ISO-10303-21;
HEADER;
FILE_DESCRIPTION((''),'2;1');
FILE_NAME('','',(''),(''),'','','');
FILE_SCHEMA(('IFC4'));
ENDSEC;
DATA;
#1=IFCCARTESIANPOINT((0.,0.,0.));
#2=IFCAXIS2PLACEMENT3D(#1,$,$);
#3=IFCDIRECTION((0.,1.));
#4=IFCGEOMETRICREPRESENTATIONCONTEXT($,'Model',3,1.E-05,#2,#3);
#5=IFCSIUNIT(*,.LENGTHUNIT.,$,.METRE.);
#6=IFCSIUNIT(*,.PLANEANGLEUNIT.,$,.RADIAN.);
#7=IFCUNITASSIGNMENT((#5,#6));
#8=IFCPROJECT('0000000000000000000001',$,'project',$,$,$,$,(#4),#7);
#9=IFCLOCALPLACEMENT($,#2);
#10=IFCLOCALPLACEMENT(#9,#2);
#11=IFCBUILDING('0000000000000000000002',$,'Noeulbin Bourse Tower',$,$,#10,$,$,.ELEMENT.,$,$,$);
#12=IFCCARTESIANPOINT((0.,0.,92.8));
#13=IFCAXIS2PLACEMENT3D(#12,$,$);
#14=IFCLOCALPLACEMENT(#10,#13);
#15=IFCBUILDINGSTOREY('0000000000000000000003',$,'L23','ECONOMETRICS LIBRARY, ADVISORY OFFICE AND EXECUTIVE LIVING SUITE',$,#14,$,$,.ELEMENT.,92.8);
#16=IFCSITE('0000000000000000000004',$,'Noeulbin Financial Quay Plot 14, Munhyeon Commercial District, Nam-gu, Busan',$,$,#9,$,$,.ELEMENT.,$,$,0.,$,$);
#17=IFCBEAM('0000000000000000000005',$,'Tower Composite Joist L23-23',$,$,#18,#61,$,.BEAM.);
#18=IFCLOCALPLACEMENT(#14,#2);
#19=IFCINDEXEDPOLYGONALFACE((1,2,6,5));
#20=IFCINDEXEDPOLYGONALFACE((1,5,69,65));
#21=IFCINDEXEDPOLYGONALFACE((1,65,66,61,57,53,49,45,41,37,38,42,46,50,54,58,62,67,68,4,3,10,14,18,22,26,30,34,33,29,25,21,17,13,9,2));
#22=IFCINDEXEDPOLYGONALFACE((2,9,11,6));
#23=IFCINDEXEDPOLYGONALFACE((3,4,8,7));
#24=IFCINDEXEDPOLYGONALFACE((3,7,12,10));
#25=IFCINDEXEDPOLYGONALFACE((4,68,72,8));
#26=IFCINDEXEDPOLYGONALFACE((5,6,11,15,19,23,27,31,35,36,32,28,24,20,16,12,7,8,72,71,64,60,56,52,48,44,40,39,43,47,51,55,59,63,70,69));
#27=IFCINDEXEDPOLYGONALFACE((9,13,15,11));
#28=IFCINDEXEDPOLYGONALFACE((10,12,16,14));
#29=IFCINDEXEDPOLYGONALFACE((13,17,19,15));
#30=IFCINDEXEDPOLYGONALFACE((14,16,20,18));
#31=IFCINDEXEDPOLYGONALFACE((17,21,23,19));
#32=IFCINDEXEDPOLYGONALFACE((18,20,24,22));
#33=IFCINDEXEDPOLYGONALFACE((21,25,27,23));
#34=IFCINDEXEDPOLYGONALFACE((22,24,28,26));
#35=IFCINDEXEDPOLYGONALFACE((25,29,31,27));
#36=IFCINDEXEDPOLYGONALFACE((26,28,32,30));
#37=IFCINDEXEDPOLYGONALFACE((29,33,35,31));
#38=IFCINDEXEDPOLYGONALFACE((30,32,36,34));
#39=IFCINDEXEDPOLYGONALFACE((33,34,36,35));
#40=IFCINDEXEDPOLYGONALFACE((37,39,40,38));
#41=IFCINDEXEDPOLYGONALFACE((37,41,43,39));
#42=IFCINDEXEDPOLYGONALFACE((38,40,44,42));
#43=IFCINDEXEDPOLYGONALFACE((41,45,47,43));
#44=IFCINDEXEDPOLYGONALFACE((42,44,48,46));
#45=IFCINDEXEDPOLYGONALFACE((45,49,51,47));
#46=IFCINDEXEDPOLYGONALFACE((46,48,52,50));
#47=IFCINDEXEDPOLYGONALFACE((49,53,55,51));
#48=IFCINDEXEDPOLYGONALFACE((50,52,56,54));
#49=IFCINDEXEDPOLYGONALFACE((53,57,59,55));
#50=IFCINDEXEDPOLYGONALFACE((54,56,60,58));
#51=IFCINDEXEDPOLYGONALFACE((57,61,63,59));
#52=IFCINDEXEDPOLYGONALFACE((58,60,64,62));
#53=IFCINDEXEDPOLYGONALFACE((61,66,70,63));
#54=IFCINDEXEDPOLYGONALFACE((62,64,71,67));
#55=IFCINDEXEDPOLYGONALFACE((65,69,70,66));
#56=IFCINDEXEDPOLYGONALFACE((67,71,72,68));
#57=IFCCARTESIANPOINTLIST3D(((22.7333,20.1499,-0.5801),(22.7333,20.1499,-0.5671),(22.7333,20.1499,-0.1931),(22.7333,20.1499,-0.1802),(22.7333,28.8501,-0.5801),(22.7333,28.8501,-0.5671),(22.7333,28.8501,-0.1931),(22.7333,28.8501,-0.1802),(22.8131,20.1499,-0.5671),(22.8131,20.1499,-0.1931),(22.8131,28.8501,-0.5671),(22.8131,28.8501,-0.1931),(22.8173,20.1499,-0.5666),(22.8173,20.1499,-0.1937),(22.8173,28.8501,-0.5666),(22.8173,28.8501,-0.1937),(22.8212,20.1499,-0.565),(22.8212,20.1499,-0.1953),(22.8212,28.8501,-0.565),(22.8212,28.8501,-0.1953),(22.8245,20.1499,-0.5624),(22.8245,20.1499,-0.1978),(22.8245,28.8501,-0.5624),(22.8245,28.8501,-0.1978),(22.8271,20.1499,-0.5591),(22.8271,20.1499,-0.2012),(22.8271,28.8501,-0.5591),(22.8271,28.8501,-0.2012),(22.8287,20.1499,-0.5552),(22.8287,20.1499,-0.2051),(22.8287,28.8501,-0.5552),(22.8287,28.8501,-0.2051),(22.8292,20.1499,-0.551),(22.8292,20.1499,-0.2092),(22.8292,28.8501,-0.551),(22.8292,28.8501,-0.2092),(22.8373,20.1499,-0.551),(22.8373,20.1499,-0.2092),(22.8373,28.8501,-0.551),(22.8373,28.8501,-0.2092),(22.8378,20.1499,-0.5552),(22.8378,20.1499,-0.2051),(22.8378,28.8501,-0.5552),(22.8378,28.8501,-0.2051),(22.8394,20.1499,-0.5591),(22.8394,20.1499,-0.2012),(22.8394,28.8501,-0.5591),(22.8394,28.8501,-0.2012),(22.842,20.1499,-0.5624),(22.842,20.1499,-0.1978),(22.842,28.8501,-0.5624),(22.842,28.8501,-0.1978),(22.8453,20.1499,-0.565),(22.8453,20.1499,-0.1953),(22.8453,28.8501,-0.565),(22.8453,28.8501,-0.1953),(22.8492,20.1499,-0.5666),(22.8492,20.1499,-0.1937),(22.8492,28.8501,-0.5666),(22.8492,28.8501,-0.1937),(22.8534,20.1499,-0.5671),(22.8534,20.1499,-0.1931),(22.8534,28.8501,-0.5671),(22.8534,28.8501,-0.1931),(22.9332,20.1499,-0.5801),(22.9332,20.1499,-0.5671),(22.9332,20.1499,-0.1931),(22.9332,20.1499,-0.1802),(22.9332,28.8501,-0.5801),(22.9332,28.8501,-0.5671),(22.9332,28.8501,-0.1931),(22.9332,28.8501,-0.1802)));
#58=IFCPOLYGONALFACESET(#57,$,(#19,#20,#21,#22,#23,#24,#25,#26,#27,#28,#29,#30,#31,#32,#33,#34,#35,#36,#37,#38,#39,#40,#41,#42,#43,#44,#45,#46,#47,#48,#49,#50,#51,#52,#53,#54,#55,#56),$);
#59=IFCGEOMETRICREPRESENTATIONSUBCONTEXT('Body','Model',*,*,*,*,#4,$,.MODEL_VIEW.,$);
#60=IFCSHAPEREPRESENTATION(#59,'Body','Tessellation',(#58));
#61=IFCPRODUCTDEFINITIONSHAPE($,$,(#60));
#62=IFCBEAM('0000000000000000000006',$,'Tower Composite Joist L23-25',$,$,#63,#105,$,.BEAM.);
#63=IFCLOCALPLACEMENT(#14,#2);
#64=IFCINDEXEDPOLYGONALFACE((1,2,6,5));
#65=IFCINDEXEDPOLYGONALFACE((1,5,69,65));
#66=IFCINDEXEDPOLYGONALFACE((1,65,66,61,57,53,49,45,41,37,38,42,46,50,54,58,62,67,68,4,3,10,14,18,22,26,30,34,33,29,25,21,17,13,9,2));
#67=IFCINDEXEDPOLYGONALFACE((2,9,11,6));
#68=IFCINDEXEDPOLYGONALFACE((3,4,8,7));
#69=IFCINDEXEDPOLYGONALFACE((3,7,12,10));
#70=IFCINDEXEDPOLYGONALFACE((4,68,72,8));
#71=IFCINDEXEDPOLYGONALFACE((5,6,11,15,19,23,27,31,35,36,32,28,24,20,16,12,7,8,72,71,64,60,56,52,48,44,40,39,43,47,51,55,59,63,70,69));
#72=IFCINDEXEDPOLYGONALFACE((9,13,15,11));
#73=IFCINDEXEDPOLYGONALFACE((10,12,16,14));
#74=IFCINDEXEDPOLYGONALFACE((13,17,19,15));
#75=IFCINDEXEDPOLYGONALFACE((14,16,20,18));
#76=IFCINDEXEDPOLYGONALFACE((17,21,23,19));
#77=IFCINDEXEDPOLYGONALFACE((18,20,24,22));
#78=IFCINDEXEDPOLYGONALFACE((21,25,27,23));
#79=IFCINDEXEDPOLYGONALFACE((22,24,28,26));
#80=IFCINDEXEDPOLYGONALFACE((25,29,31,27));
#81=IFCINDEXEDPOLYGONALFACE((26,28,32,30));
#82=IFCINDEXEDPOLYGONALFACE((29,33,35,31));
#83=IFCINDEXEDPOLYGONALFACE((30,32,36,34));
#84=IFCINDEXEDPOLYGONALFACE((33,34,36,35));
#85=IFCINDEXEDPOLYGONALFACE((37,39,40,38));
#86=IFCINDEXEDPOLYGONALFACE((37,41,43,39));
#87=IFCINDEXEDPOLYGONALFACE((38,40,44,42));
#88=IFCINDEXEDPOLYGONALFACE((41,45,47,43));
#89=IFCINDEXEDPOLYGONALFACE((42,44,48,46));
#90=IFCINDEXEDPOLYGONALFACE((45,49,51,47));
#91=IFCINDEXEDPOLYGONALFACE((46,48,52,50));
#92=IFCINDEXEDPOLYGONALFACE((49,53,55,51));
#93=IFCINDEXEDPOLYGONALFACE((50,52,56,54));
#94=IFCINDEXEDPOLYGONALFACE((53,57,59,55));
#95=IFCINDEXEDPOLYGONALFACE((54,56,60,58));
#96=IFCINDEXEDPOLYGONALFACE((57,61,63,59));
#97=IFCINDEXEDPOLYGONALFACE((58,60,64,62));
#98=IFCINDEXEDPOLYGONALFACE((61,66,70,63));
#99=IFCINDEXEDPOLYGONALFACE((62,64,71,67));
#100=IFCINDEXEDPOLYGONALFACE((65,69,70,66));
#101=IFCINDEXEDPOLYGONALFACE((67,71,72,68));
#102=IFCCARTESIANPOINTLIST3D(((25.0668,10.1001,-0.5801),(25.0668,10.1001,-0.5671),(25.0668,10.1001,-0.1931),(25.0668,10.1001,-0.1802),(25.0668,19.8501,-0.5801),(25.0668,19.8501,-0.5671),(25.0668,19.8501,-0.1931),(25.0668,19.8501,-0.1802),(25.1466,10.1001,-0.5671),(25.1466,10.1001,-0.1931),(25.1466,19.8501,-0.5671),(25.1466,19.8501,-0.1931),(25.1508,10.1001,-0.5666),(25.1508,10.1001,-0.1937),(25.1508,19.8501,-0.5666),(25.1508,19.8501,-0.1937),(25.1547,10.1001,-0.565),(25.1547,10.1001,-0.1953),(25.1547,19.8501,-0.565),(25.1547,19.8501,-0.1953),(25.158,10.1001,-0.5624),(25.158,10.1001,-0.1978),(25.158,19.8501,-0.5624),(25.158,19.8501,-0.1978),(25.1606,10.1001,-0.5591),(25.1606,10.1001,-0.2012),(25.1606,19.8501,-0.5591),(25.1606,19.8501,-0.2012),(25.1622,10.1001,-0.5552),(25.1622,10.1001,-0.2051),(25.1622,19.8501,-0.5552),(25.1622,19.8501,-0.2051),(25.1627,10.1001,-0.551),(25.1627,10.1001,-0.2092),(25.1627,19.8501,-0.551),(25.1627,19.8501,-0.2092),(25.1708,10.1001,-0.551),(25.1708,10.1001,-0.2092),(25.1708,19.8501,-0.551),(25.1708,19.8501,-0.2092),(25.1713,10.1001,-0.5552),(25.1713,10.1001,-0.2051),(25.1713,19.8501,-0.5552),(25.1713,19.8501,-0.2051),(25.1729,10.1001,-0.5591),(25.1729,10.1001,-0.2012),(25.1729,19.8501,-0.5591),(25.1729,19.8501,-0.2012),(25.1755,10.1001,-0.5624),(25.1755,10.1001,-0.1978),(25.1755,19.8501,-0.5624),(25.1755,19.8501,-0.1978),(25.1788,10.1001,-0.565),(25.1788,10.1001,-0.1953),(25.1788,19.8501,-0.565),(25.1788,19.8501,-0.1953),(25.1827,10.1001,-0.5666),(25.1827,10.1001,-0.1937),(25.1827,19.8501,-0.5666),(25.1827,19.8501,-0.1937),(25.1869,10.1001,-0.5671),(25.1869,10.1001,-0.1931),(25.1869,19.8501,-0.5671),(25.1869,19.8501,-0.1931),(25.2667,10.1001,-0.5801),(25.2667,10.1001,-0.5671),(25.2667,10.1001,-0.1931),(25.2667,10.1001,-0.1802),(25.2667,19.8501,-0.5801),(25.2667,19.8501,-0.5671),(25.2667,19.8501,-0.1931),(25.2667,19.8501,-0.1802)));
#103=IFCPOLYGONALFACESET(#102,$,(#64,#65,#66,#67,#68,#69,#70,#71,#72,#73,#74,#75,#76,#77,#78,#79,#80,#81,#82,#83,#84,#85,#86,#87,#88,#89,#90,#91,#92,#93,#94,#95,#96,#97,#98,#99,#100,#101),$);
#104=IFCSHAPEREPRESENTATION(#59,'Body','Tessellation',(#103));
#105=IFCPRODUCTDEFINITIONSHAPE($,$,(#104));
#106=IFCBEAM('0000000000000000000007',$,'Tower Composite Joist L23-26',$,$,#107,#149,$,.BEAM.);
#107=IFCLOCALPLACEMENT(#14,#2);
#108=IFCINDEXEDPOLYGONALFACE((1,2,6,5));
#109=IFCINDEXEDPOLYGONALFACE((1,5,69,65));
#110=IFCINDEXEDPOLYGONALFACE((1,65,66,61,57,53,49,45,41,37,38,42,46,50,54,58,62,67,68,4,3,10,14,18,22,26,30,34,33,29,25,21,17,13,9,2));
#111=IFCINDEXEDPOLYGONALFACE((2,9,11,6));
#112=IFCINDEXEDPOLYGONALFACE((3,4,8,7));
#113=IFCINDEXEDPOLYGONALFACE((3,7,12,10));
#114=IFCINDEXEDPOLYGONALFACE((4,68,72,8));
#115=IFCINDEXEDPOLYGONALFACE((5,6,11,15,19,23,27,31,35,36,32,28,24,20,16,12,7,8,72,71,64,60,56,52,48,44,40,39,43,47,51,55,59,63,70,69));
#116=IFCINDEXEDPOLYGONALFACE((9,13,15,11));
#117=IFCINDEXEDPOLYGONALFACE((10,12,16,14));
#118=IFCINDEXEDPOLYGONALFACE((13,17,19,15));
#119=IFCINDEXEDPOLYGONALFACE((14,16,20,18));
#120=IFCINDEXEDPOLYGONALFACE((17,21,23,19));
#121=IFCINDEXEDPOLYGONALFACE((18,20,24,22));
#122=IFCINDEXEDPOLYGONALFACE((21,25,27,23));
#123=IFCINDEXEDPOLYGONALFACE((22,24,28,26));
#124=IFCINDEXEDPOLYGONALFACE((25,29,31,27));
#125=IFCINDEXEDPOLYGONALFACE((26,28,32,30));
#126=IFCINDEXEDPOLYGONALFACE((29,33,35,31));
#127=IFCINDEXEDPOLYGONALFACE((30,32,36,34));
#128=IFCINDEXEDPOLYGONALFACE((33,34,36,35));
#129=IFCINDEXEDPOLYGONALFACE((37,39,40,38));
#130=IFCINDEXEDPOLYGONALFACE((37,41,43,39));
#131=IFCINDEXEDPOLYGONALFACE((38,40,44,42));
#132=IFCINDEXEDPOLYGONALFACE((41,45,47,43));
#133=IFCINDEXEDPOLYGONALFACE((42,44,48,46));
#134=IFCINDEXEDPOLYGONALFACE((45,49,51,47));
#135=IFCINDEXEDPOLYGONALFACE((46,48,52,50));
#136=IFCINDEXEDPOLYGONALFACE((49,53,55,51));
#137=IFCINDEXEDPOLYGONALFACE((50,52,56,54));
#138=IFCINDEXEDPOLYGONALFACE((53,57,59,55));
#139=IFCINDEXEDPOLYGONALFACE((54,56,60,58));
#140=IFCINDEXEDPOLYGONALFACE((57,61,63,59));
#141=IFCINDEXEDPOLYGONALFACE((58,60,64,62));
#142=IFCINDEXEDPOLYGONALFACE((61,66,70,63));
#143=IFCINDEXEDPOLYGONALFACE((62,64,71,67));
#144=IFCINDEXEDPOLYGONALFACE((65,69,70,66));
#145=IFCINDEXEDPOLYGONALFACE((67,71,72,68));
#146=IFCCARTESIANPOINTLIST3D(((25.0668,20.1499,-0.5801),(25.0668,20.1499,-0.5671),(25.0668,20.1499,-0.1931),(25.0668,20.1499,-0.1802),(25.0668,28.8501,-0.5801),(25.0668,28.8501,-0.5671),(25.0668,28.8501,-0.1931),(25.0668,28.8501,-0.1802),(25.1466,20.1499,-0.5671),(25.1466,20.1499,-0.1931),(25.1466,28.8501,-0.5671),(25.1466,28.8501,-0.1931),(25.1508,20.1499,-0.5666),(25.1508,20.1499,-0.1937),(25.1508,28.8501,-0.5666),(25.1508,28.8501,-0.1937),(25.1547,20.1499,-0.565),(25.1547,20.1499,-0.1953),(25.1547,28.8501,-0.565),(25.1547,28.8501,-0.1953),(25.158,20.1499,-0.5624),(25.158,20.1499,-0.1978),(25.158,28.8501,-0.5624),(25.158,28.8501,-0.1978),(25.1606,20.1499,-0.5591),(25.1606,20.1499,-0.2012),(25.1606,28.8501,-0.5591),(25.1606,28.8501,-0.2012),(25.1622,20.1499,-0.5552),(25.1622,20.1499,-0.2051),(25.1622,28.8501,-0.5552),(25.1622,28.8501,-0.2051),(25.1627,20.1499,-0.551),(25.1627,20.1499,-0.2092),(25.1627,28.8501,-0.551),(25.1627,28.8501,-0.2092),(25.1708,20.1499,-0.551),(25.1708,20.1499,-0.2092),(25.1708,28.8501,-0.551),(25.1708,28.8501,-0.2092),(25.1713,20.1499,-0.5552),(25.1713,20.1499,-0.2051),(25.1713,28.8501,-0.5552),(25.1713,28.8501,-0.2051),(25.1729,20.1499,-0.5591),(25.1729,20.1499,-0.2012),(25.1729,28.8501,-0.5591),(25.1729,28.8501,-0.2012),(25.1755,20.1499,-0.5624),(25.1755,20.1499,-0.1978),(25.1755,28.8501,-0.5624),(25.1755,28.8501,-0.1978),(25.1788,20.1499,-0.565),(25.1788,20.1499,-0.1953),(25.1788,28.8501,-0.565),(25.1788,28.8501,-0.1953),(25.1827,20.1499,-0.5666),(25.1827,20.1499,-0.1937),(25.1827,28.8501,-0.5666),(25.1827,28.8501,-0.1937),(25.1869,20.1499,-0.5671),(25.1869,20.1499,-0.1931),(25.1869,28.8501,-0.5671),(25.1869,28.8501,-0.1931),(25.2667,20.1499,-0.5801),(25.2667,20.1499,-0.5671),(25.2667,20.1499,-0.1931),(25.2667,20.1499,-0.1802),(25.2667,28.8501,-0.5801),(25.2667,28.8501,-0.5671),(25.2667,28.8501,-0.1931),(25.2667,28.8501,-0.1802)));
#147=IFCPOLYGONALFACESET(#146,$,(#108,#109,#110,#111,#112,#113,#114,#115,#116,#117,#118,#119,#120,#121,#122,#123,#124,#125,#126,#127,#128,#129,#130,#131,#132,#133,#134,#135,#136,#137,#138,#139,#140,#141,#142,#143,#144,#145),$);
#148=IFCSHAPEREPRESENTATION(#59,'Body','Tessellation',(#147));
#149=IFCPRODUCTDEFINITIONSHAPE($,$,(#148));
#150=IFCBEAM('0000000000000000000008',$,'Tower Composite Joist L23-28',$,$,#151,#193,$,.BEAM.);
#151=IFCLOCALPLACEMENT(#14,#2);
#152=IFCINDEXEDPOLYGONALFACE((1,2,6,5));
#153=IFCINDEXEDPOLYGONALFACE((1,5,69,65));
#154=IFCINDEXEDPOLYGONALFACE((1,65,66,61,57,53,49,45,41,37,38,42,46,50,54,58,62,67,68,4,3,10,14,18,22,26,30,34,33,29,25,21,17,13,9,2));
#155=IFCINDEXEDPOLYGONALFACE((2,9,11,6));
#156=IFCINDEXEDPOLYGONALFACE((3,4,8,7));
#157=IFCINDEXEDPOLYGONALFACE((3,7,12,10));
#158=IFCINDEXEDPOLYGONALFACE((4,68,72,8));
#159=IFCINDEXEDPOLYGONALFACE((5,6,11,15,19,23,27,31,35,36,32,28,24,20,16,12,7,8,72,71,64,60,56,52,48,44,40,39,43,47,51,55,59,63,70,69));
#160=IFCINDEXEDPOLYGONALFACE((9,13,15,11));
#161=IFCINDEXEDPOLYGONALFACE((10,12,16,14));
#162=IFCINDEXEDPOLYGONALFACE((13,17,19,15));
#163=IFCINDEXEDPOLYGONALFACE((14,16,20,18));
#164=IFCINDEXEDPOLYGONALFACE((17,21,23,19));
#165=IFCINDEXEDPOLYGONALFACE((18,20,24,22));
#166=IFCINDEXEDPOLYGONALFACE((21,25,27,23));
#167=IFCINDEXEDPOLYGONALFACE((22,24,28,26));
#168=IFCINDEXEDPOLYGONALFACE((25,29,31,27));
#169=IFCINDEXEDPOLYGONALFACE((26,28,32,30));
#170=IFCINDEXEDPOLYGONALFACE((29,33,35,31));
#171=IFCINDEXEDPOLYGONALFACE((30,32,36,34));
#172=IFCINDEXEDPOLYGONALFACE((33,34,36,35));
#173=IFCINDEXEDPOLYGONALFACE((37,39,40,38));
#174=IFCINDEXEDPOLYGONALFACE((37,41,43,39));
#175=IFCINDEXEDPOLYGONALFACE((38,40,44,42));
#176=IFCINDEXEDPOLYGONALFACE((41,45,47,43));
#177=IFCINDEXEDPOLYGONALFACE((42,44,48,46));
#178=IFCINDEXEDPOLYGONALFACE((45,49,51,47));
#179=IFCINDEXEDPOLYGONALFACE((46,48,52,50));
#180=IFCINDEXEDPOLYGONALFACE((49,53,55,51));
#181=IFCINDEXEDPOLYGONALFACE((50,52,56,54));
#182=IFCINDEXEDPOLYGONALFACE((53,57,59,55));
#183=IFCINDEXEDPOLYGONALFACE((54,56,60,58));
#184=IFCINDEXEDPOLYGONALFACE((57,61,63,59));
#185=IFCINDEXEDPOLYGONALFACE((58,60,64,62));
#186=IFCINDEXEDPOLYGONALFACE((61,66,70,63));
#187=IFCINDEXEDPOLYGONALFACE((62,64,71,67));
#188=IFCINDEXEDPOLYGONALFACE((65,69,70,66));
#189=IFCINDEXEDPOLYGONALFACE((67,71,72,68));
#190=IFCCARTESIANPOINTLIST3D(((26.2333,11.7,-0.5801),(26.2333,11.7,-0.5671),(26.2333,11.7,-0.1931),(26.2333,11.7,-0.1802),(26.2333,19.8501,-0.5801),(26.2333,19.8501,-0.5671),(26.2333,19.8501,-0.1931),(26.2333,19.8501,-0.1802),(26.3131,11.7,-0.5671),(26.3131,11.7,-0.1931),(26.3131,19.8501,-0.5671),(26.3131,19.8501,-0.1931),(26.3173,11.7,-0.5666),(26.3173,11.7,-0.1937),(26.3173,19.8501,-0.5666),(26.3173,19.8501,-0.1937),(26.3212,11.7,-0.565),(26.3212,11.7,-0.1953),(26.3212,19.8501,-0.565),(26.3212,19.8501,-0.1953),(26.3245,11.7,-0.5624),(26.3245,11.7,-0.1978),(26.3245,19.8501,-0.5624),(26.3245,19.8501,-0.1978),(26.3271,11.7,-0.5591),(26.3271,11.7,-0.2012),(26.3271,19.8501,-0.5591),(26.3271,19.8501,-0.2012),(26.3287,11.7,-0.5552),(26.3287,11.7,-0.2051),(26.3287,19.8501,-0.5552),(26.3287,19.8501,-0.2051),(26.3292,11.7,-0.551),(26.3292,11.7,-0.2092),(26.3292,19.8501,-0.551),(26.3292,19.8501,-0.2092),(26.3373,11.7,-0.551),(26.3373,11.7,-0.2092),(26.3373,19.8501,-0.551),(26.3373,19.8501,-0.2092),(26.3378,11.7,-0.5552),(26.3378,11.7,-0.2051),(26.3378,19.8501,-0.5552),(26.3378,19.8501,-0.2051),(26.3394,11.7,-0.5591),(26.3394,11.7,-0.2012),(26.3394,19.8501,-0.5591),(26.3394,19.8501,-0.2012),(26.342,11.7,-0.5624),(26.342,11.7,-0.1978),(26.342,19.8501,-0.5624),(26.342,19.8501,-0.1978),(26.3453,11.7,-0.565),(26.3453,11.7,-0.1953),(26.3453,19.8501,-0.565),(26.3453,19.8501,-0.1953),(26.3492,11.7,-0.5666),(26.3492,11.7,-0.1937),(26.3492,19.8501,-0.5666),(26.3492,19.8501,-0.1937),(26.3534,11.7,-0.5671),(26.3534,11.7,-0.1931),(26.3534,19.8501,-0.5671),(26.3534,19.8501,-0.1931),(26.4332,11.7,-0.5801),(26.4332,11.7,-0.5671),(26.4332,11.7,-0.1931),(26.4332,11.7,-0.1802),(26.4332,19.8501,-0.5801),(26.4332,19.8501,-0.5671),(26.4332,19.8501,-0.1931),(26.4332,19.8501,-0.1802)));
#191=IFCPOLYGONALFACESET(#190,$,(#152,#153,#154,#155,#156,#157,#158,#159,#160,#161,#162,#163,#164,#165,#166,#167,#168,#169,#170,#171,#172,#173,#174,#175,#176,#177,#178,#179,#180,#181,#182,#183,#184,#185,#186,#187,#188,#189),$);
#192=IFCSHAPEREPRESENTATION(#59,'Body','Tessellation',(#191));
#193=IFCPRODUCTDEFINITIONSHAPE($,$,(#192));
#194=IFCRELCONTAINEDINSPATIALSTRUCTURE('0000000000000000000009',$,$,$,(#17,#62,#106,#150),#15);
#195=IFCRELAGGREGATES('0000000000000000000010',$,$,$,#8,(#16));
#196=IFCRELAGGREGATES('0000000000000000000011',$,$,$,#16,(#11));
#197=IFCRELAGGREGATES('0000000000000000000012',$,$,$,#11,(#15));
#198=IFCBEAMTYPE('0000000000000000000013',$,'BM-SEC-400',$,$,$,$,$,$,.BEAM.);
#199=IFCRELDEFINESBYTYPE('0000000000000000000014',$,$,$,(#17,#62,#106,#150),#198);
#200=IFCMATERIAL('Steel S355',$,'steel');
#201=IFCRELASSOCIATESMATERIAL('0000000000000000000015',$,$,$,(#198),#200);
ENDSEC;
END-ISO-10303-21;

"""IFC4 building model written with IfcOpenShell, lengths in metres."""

from ifc_helpers import new_model, si_unit, direction, frame, origin, origin_2d, place, context, subcontext, project, spatial, i_section, extrude, material, material_profile, profile_set, type_object, element, save


model = new_model("IFC4")

# Units and contexts
model_context = context("Model", 3, precision=1e-05, world=origin(), true_north=direction((0.0, 1.0)))
body_context = subcontext(model_context, "Body", "Model", "MODEL_VIEW")
ifc_project = project(units=[si_unit("LENGTHUNIT", "METRE"), si_unit("PLANEANGLEUNIT", "RADIAN")], contexts=[model_context])

# Site, building, storey
site_placement = place(None, origin())
site = spatial("IfcSite", under=ifc_project, at=site_placement, Name="Noeulbin Financial Quay Plot 14, Munhyeon Commercial District, Nam-gu, Busan", CompositionType="ELEMENT", RefElevation=0.0)
building_placement = place(site_placement, origin())
building = spatial("IfcBuilding", under=site, at=building_placement, Name="Noeulbin Bourse Tower", CompositionType="ELEMENT")
storey_placement = place(building_placement, frame((0.0, 0.0, 92.8)))
storey = spatial("IfcBuildingStorey", under=building, at=storey_placement, Name="L23", Description="ECONOMETRICS LIBRARY, ADVISORY OFFICE AND EXECUTIVE LIVING SUITE", CompositionType="ELEMENT", Elevation=92.8)

# Beams
ifc_material_1 = material(Name="Steel S355", Category="steel")
ifc_material_profile_1 = material_profile(ifc_material_1, i_section(OverallWidth=0.2, OverallDepth=0.3999, WebThickness=0.0081, FlangeThickness=0.0129, FilletRadius=0.0161, at=origin_2d()), Name="H-400x200x8x13", Category="LoadBearing")
ifc_profile_set_1 = profile_set([ifc_material_profile_1], Name="Steel S355")
beam_type_1 = type_object("IfcBeamType", Name="BM-SEC-400", PredefinedType="BEAM", material=ifc_profile_set_1)
for number, where, z_axis, x_axis, name in (
    (1, (22.8333, 20.1499, -0.3801), (0.0, 1.0, 0.0), (-1.0, 0.0, 0.0), "Tower Composite Joist L23-23"),
):
    element("IfcBeam", number, at=place(storey_placement, frame(where, z_axis=z_axis, x_axis=x_axis)), inside=storey, type_object=beam_type_1, Name=name, PredefinedType="BEAM", context=body_context, shape_type="SweptSolid", body=[
        extrude(i_section(OverallWidth=0.2, OverallDepth=0.3999, WebThickness=0.0081, FlangeThickness=0.0129, FilletRadius=0.0161, at=origin_2d()), origin(), (0.0, 0.0, 1.0), 8.7002),
    ])
beam_1_placement = place(storey_placement, frame((25.1667, 10.1001, -0.3801), z_axis=(0.0, 1.0, 0.0), x_axis=(-1.0, 0.0, 0.0)))
element("IfcBeam", 2, at=beam_1_placement, inside=storey, type_object=beam_type_1, Name="Tower Composite Joist L23-25", PredefinedType="BEAM", context=body_context, shape_type="SweptSolid", body=[
    extrude(i_section(OverallWidth=0.2, OverallDepth=0.3999, WebThickness=0.0081, FlangeThickness=0.0129, FilletRadius=0.0161, at=origin_2d()), origin(), (0.0, 0.0, 1.0), 9.75),
])
beam_2_placement = place(storey_placement, frame((25.1667, 20.1499, -0.3801), z_axis=(0.0, 1.0, 0.0), x_axis=(-1.0, 0.0, 0.0)))
element("IfcBeam", 3, at=beam_2_placement, inside=storey, type_object=beam_type_1, Name="Tower Composite Joist L23-26", PredefinedType="BEAM", context=body_context, shape_type="SweptSolid", body=[
    extrude(i_section(OverallWidth=0.2, OverallDepth=0.3999, WebThickness=0.0081, FlangeThickness=0.0129, FilletRadius=0.0161, at=origin_2d()), origin(), (0.0, 0.0, 1.0), 8.7002),
])
beam_3_placement = place(storey_placement, frame((26.3333, 11.7, -0.3801), z_axis=(0.0, 1.0, 0.0), x_axis=(-1.0, 0.0, 0.0)))
element("IfcBeam", 4, at=beam_3_placement, inside=storey, type_object=beam_type_1, Name="Tower Composite Joist L23-28", PredefinedType="BEAM", context=body_context, shape_type="SweptSolid", body=[
    extrude(i_section(OverallWidth=0.2, OverallDepth=0.3999, WebThickness=0.0081, FlangeThickness=0.0129, FilletRadius=0.0161, at=origin_2d()), origin(), (0.0, 0.0, 1.0), 8.1501),
])

save(model, "model.ifc")
